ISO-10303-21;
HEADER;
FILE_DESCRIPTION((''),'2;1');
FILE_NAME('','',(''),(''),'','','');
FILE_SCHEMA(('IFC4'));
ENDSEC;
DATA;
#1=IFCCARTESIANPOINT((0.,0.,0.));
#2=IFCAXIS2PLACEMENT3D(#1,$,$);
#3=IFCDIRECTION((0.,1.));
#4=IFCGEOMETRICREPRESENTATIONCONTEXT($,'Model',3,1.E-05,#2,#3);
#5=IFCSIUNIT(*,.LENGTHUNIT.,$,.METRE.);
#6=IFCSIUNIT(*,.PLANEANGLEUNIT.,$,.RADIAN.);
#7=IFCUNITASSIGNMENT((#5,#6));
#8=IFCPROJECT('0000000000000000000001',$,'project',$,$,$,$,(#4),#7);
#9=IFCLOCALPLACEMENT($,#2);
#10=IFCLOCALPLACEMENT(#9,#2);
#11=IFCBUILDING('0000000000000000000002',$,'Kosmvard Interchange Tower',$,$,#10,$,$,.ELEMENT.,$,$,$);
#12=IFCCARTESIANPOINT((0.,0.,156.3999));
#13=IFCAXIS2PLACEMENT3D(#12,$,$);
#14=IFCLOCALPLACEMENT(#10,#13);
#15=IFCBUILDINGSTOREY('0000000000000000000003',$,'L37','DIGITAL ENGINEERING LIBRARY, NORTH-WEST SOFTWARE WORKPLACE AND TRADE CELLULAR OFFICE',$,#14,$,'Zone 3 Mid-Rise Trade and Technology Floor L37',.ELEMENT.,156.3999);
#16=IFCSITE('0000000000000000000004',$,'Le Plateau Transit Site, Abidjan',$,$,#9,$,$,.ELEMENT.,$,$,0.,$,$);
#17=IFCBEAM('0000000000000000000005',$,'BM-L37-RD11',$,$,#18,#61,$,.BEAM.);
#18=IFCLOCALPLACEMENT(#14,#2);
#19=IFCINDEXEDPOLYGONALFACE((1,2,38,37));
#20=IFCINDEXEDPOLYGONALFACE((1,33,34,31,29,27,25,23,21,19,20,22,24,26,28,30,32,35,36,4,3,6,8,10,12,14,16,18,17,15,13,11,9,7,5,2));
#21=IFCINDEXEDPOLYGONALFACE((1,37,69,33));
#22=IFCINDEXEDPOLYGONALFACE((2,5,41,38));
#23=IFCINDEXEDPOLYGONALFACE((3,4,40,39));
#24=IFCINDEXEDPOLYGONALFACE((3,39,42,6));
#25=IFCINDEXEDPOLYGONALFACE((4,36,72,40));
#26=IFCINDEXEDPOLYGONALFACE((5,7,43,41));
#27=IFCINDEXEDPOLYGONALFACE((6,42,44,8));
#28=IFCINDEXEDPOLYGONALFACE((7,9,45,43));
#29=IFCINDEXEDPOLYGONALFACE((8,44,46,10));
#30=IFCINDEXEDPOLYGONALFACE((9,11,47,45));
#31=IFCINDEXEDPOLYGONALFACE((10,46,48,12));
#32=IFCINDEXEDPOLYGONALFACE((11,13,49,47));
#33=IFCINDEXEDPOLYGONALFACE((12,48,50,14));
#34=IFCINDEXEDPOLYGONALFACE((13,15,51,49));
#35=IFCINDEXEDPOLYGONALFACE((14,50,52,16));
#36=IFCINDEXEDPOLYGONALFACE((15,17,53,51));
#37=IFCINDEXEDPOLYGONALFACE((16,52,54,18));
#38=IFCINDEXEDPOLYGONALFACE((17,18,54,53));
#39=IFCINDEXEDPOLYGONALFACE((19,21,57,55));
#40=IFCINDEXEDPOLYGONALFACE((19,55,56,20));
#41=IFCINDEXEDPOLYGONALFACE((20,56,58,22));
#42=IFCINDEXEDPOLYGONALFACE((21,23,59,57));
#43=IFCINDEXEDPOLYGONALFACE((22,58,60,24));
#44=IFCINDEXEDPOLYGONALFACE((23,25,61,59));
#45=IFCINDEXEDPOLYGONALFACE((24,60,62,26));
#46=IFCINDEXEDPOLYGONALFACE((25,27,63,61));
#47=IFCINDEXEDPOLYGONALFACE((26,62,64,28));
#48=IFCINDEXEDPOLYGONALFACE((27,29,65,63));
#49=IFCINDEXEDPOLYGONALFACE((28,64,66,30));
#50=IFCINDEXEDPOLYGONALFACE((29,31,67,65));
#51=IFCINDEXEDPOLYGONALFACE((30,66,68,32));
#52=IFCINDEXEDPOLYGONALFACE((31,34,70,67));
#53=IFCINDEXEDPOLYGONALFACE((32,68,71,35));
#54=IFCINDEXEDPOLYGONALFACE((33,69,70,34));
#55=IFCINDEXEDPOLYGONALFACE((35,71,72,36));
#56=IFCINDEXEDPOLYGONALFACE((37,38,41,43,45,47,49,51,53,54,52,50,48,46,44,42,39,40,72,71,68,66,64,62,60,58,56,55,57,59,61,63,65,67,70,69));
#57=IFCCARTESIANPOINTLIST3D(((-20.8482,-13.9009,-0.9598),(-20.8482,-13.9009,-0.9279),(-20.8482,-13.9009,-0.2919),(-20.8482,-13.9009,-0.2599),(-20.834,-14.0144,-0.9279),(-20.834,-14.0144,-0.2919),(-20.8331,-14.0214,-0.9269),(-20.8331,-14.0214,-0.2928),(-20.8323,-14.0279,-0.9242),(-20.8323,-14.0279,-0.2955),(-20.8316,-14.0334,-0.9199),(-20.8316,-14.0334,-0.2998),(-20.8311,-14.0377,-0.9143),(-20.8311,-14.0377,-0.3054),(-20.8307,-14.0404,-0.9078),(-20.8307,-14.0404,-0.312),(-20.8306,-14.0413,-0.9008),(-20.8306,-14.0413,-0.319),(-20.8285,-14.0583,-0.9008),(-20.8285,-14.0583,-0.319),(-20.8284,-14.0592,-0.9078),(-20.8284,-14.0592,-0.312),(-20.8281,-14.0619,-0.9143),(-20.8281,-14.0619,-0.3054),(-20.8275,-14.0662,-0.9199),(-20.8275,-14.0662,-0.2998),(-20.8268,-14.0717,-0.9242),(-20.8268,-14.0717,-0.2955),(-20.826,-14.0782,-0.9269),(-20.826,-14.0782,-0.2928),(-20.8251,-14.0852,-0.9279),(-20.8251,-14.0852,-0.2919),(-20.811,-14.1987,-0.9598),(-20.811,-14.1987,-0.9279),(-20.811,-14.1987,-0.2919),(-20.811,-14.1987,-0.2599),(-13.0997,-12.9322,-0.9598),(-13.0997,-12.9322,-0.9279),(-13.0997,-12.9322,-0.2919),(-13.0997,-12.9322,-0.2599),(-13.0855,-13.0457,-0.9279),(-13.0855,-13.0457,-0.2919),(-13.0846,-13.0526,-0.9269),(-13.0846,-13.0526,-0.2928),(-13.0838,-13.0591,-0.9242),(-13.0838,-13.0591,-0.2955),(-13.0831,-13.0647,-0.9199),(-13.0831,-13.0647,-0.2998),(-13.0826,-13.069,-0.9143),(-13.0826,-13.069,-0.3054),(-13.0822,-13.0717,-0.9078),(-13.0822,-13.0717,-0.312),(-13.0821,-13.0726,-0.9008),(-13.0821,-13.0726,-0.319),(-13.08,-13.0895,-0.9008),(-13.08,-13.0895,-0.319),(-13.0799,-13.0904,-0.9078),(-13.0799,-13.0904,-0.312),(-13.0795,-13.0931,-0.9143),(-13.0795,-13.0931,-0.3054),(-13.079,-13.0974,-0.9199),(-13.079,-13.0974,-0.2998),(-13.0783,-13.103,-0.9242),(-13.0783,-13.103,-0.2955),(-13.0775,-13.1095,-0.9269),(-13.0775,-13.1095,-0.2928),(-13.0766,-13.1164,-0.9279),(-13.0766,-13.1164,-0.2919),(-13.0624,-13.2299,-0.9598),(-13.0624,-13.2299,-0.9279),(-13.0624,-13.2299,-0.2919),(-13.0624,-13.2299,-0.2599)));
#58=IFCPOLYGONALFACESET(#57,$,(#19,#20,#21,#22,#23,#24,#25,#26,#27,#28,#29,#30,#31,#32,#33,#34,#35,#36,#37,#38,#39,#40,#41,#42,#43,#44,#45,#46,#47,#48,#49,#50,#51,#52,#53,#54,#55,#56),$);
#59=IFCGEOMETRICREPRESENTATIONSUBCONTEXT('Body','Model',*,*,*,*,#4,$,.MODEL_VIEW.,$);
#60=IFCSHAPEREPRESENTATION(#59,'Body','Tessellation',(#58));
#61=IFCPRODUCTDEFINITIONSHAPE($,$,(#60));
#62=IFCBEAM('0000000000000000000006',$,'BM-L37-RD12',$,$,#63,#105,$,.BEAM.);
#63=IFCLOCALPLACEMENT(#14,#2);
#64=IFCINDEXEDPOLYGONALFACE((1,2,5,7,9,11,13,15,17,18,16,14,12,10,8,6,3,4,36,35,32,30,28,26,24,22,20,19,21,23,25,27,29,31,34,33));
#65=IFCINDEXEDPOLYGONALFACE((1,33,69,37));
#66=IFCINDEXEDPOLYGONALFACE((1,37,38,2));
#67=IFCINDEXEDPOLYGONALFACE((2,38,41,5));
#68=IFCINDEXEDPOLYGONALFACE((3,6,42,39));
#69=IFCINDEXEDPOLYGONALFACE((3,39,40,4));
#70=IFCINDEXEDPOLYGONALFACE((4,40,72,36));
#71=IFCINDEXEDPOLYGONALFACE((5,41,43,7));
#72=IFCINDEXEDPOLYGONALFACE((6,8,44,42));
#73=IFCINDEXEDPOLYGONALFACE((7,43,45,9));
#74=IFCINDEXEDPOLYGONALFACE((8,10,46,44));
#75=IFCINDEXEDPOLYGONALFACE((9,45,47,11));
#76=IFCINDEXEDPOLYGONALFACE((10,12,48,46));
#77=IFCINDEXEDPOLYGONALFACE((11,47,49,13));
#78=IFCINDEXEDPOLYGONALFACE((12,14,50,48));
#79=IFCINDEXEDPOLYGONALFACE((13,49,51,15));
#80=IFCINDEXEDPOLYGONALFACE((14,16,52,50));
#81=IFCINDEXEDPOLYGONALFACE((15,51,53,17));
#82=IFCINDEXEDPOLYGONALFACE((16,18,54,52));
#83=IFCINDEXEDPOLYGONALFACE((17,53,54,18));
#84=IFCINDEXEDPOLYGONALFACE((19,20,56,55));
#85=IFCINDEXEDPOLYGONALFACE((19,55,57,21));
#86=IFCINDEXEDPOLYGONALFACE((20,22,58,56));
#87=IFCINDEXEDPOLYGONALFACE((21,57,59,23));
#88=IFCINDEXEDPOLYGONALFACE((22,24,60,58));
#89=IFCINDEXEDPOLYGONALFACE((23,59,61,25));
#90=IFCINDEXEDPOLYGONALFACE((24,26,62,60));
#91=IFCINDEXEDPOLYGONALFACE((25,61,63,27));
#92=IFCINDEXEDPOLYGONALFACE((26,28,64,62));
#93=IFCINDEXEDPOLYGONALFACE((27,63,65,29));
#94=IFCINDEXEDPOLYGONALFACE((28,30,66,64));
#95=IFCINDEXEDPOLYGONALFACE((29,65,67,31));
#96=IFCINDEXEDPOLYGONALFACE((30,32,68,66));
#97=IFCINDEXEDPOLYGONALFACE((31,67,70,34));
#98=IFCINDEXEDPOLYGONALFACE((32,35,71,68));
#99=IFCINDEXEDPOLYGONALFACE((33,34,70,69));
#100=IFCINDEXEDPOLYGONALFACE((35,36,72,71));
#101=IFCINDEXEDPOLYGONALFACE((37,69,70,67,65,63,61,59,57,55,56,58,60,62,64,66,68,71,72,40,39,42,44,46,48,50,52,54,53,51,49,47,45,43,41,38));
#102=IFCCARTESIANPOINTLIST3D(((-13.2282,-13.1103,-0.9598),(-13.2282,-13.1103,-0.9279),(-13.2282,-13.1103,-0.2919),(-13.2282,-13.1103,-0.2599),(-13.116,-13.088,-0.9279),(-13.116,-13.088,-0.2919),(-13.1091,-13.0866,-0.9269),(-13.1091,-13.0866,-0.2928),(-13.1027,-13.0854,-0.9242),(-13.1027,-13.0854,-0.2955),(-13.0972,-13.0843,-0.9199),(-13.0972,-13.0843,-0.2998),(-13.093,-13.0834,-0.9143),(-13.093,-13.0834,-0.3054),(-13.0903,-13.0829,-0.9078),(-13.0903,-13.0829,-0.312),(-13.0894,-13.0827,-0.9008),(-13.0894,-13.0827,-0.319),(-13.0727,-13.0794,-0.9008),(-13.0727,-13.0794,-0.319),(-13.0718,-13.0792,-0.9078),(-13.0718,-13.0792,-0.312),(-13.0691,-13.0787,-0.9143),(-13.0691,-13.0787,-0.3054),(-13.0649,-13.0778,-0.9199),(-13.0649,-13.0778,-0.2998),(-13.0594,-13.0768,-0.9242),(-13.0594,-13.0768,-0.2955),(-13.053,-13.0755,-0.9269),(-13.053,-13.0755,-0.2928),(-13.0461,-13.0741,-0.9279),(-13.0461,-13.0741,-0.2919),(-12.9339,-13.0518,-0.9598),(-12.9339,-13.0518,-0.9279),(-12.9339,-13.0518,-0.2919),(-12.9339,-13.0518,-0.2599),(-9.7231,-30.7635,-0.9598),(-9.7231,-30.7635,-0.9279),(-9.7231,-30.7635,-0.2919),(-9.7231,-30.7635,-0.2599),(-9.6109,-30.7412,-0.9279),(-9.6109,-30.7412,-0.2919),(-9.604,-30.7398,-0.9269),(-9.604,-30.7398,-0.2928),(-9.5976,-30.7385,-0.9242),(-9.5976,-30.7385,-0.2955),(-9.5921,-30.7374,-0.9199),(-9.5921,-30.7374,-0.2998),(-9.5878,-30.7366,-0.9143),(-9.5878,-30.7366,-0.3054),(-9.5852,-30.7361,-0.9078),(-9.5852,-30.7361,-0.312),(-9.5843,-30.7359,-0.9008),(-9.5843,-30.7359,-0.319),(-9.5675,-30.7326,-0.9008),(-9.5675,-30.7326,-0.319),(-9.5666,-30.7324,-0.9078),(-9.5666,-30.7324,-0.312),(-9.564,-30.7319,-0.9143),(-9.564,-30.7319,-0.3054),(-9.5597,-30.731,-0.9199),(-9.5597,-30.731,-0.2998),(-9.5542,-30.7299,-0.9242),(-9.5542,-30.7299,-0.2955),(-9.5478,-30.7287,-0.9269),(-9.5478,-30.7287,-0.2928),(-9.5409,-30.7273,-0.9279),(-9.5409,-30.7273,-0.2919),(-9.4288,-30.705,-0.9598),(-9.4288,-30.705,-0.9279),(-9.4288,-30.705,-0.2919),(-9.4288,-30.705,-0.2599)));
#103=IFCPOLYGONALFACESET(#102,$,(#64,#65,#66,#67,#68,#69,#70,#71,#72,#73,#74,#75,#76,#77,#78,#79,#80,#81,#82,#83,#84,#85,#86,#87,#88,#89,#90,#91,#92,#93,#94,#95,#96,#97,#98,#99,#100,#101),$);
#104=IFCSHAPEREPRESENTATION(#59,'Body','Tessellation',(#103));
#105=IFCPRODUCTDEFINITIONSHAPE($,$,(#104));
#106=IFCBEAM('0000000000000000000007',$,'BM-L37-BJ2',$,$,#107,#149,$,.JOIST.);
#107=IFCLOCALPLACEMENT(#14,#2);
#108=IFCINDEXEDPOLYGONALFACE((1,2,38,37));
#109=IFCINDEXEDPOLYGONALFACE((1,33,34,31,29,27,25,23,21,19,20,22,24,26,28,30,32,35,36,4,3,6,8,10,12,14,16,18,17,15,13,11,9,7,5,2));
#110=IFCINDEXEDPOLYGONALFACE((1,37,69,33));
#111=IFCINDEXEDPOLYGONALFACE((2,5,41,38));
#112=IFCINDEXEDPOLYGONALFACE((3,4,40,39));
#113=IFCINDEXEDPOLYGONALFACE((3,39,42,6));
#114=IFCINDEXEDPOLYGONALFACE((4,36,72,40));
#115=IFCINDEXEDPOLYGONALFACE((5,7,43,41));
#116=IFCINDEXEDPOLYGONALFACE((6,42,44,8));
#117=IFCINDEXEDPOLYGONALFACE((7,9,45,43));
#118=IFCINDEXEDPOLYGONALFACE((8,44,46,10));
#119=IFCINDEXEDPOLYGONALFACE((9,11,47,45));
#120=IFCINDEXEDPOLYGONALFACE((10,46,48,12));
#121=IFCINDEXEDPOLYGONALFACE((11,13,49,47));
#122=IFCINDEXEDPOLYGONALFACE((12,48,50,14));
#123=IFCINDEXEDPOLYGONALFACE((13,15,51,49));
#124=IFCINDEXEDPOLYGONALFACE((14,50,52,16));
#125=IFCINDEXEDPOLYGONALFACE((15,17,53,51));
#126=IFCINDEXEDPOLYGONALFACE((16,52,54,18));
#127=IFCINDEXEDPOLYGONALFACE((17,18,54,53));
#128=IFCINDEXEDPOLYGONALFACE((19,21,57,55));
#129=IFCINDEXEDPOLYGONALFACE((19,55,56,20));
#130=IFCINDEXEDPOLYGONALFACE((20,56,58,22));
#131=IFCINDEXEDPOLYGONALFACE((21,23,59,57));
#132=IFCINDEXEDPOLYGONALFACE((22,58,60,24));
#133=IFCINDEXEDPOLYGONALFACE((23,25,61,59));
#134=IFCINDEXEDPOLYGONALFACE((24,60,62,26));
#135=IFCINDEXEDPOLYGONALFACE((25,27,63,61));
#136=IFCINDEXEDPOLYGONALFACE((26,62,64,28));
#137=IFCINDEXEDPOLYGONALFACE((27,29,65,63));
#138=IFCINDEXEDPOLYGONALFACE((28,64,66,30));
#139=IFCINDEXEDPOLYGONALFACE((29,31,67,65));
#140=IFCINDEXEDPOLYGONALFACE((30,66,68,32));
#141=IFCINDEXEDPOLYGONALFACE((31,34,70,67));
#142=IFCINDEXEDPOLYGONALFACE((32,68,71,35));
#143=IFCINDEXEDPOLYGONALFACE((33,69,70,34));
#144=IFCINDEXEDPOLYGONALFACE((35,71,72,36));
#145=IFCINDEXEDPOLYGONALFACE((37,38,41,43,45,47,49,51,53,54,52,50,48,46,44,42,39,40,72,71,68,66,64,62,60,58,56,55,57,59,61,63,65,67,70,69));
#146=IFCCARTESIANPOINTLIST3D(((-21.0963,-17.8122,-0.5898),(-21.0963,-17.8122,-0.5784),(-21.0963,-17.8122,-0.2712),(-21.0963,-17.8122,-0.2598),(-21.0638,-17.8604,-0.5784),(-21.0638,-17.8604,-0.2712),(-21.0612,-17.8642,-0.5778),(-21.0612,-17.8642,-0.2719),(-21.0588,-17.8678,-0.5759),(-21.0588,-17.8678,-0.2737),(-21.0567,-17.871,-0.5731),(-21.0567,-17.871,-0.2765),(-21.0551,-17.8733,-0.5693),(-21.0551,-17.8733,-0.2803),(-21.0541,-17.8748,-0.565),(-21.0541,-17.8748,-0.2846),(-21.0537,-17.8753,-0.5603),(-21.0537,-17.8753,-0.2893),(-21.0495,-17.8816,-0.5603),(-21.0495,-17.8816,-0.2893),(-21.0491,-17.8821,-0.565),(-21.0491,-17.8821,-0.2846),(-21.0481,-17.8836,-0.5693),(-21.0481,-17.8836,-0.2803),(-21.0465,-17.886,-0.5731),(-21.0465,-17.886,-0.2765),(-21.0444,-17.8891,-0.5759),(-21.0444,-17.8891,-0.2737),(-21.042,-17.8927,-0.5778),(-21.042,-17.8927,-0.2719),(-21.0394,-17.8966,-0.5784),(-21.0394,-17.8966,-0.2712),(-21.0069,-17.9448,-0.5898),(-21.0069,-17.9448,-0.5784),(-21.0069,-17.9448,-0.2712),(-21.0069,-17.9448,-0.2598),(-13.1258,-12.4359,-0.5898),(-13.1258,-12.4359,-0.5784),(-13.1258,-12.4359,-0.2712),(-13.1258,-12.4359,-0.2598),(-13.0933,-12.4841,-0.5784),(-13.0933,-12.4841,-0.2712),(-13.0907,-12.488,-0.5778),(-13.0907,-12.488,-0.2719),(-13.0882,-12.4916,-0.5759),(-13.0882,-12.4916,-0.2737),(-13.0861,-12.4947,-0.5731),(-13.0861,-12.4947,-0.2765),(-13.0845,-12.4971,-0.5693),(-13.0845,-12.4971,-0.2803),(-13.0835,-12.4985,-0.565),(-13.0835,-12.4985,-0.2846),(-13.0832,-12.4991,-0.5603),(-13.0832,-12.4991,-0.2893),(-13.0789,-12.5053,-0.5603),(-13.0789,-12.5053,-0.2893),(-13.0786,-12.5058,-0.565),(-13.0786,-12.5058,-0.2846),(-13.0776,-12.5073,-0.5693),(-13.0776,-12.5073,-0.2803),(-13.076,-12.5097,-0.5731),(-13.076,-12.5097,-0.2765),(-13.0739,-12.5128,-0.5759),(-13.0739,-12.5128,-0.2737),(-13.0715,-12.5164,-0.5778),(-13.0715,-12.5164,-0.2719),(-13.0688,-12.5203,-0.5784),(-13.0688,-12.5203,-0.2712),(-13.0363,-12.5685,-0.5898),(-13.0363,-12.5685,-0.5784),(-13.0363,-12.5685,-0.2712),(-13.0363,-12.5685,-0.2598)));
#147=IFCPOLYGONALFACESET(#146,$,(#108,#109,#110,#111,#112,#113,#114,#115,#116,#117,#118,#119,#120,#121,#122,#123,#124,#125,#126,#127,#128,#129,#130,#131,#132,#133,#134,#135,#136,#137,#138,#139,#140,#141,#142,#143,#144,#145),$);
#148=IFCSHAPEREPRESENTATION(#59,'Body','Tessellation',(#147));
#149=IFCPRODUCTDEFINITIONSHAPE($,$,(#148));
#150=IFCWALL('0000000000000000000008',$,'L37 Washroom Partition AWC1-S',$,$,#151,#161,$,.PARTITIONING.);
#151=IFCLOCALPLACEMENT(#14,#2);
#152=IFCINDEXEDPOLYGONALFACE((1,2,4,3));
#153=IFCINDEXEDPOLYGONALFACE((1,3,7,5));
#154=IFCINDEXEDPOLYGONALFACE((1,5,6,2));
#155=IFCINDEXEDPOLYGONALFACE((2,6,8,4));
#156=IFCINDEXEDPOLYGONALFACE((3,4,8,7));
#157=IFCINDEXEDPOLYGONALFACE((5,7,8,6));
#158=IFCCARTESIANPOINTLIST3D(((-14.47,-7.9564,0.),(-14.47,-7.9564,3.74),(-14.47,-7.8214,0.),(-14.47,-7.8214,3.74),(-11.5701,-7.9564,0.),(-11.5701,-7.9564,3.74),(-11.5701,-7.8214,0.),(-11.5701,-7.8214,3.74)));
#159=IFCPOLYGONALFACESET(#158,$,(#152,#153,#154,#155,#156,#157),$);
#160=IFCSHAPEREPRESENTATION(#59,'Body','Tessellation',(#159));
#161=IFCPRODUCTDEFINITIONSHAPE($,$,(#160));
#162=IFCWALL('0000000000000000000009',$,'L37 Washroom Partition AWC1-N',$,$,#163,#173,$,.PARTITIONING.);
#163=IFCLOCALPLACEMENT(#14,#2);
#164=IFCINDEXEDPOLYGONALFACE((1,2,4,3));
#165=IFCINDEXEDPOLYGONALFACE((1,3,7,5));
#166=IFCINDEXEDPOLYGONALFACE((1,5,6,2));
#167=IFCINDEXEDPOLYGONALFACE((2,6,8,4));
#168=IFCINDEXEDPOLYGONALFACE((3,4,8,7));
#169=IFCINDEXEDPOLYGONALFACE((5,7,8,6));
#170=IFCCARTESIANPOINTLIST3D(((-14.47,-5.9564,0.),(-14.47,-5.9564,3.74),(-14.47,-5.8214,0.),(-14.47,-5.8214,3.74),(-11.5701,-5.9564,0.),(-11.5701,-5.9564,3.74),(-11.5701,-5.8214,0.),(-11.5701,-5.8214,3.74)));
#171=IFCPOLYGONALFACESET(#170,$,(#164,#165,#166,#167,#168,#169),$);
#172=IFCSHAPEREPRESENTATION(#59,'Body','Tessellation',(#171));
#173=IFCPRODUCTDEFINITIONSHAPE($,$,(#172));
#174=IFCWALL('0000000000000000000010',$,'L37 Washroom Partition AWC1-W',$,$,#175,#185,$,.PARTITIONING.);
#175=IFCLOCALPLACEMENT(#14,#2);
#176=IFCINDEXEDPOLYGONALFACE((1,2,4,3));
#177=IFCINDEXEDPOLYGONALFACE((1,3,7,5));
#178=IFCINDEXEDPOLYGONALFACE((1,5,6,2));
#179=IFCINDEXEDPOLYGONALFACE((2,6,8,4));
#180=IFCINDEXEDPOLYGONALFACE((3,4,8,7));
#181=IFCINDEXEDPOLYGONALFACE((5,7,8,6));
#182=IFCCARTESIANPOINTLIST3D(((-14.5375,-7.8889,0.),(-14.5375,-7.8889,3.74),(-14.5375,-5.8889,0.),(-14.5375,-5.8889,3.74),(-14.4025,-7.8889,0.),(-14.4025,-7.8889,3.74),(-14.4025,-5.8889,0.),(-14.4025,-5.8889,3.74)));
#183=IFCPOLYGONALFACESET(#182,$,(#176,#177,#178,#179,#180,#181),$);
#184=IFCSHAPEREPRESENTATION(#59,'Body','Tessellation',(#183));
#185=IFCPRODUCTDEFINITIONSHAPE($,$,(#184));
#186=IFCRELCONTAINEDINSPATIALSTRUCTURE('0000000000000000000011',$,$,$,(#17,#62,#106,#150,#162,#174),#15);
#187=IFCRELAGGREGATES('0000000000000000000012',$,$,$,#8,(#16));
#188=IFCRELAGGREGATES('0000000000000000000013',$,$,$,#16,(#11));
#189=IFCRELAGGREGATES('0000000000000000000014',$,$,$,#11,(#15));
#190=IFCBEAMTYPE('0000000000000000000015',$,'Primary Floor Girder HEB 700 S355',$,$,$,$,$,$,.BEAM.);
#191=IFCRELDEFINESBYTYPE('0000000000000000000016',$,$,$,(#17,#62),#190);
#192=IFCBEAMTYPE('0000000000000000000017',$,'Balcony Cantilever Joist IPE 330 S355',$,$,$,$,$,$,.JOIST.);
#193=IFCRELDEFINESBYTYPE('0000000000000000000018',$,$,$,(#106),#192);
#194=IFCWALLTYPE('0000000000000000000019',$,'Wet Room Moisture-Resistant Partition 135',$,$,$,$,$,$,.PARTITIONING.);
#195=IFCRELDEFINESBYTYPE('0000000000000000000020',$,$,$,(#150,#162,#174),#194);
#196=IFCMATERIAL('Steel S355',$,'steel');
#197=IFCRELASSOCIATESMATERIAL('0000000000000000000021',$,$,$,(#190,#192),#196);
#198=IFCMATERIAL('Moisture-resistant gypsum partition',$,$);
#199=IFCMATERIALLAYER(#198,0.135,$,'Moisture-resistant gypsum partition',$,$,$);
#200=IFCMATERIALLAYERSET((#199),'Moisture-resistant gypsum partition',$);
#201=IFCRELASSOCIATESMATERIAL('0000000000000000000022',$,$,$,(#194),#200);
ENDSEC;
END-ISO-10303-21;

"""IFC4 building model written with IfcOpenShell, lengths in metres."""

from ifc_helpers import new_model, si_unit, direction, frame, frame_2d, origin, origin_2d, place, context, subcontext, project, spatial, rectangle, i_section, extrude, source, transform, mapped, material, layer, layer_set, material_profile, profile_set, type_object, element, save


model = new_model("IFC4")

# Units and contexts
model_context = context("Model", 3, precision=1e-05, world=origin(), true_north=direction((0.0, 1.0)))
body_context = subcontext(model_context, "Body", "Model", "MODEL_VIEW")
ifc_project = project(units=[si_unit("LENGTHUNIT", "METRE"), si_unit("PLANEANGLEUNIT", "RADIAN")], contexts=[model_context])

# Site, building, storey
site_placement = place(None, origin())
site = spatial("IfcSite", under=ifc_project, at=site_placement, Name="Le Plateau Transit Site, Abidjan", CompositionType="ELEMENT", RefElevation=0.0)
building_placement = place(site_placement, origin())
building = spatial("IfcBuilding", under=site, at=building_placement, Name="Kosmvard Interchange Tower", CompositionType="ELEMENT")
storey_placement = place(building_placement, frame((0.0, 0.0, 156.3999)))
storey = spatial("IfcBuildingStorey", under=building, at=storey_placement, Name="L37", Description="DIGITAL ENGINEERING LIBRARY, NORTH-WEST SOFTWARE WORKPLACE AND TRADE CELLULAR OFFICE", LongName="Zone 3 Mid-Rise Trade and Technology Floor L37", CompositionType="ELEMENT", Elevation=156.3999)

# Beams
ifc_material_1 = material(Name="Steel S355", Category="steel")
ifc_material_profile_1 = material_profile(ifc_material_1, i_section(OverallWidth=0.3, OverallDepth=0.7, WebThickness=0.0171, FlangeThickness=0.032, FilletRadius=0.0271, at=origin_2d()), Name="HEB 700")
ifc_profile_set_1 = profile_set([ifc_material_profile_1], Name="Steel S355")
beam_type_1 = type_object("IfcBeamType", Name="Primary Floor Girder HEB 700 S355", PredefinedType="BEAM", material=ifc_profile_set_1)
shared_shape_1 = source(origin(), body_context, "Body", "SweptSolid", [
    extrude(i_section(OverallWidth=0.3, OverallDepth=0.7, WebThickness=0.0171, FlangeThickness=0.032, FilletRadius=0.0271, at=origin_2d()), origin(), (0.0, 0.0, 1.0), 7.8088),
])
beam_1_placement = place(storey_placement, frame((-13.0811, -13.0811, -0.6099), z_axis=(-0.992275, -0.124058, 0.0), x_axis=(0.124058, -0.992275, 0.0)))
element("IfcBeam", 1, at=beam_1_placement, inside=storey, type_object=beam_type_1, Name="BM-L37-RD11", PredefinedType="BEAM", context=body_context, shape_type="MappedRepresentation", body=[
    mapped(shared_shape_1, transform((0.0, 0.0, 0.0), scale=1.0)),
])
shared_shape_2 = source(origin(), body_context, "Body", "SweptSolid", [
    extrude(i_section(OverallWidth=0.3, OverallDepth=0.7, WebThickness=0.0171, FlangeThickness=0.032, FilletRadius=0.0271, at=origin_2d()), origin(), (0.0, 0.0, 1.0), 17.9978),
])
beam_2_placement = place(storey_placement, frame((-13.0811, -13.0811, -0.6099), z_axis=(0.194754, -0.980852, 0.0), x_axis=(0.980852, 0.194754, 0.0)))
element("IfcBeam", 2, at=beam_2_placement, inside=storey, type_object=beam_type_1, Name="BM-L37-RD12", PredefinedType="BEAM", context=body_context, shape_type="MappedRepresentation", body=[
    mapped(shared_shape_2, transform((0.0, 0.0, 0.0), scale=1.0)),
])
ifc_material_profile_2 = material_profile(ifc_material_1, i_section(OverallWidth=0.1599, OverallDepth=0.3301, WebThickness=0.0076, FlangeThickness=0.0115, FilletRadius=0.0181, at=origin_2d()), Name="IPE 330")
ifc_profile_set_2 = profile_set([ifc_material_profile_2], Name="Steel S355")
beam_type_2 = type_object("IfcBeamType", Name="Balcony Cantilever Joist IPE 330 S355", PredefinedType="JOIST", material=ifc_profile_set_2)
shared_shape_3 = source(origin(), body_context, "Body", "SweptSolid", [
    extrude(i_section(OverallWidth=0.1599, OverallDepth=0.3301, WebThickness=0.0076, FlangeThickness=0.0115, FilletRadius=0.0181, at=origin_2d()), origin(), (0.0, 0.0, 1.0), 9.6143),
])
beam_3_placement = place(storey_placement, frame((-13.0811, -12.5022, -0.4248), z_axis=(-0.829034, -0.559198, 0.0), x_axis=(0.559198, -0.829034, 0.0)))
element("IfcBeam", 3, at=beam_3_placement, inside=storey, type_object=beam_type_2, Name="BM-L37-BJ2", PredefinedType="JOIST", context=body_context, shape_type="MappedRepresentation", body=[
    mapped(shared_shape_3, transform((0.0, 0.0, 0.0), scale=1.0)),
])

# Walls
ifc_material_2 = material(Name="Moisture-resistant gypsum partition")
ifc_layer_1 = layer(ifc_material_2, 0.135, Name="Moisture-resistant gypsum partition")
ifc_layer_set_1 = layer_set([ifc_layer_1], Name="Moisture-resistant gypsum partition")
wall_type = type_object("IfcWallType", Name="Wet Room Moisture-Resistant Partition 135", PredefinedType="PARTITIONING", material=ifc_layer_set_1)
for number, where, z_axis, x_axis, name in (
    (4, (-14.47, -7.8889, 0.0), (0.0, 0.0, 1.0), (1.0, 0.0, 0.0), "L37 Washroom Partition AWC1-S"),
    (5, (-14.47, -5.8889, 0.0), (0.0, 0.0, 1.0), (1.0, 0.0, 0.0), "L37 Washroom Partition AWC1-N"),
):
    element("IfcWall", number, at=place(storey_placement, frame(where, z_axis=z_axis, x_axis=x_axis)), inside=storey, type_object=wall_type, Name=name, PredefinedType="PARTITIONING", context=body_context, shape_type="SweptSolid", body=[
        extrude(rectangle(XDim=2.8999, YDim=0.135, at=frame_2d((1.45, 0.0))), origin(), (0.0, 0.0, 1.0), 3.74),
    ])
wall_placement = place(storey_placement, frame((-14.47, -7.8889, 0.0), z_axis=(0.0, 0.0, 1.0), x_axis=(0.0, 1.0, 0.0)))
element("IfcWall", 6, at=wall_placement, inside=storey, type_object=wall_type, Name="L37 Washroom Partition AWC1-W", PredefinedType="PARTITIONING", context=body_context, shape_type="SweptSolid", body=[
    extrude(rectangle(XDim=2.0, YDim=0.135, at=frame_2d((1.0, 0.0))), origin(), (0.0, 0.0, 1.0), 3.74),
])

save(model, "model.ifc")
